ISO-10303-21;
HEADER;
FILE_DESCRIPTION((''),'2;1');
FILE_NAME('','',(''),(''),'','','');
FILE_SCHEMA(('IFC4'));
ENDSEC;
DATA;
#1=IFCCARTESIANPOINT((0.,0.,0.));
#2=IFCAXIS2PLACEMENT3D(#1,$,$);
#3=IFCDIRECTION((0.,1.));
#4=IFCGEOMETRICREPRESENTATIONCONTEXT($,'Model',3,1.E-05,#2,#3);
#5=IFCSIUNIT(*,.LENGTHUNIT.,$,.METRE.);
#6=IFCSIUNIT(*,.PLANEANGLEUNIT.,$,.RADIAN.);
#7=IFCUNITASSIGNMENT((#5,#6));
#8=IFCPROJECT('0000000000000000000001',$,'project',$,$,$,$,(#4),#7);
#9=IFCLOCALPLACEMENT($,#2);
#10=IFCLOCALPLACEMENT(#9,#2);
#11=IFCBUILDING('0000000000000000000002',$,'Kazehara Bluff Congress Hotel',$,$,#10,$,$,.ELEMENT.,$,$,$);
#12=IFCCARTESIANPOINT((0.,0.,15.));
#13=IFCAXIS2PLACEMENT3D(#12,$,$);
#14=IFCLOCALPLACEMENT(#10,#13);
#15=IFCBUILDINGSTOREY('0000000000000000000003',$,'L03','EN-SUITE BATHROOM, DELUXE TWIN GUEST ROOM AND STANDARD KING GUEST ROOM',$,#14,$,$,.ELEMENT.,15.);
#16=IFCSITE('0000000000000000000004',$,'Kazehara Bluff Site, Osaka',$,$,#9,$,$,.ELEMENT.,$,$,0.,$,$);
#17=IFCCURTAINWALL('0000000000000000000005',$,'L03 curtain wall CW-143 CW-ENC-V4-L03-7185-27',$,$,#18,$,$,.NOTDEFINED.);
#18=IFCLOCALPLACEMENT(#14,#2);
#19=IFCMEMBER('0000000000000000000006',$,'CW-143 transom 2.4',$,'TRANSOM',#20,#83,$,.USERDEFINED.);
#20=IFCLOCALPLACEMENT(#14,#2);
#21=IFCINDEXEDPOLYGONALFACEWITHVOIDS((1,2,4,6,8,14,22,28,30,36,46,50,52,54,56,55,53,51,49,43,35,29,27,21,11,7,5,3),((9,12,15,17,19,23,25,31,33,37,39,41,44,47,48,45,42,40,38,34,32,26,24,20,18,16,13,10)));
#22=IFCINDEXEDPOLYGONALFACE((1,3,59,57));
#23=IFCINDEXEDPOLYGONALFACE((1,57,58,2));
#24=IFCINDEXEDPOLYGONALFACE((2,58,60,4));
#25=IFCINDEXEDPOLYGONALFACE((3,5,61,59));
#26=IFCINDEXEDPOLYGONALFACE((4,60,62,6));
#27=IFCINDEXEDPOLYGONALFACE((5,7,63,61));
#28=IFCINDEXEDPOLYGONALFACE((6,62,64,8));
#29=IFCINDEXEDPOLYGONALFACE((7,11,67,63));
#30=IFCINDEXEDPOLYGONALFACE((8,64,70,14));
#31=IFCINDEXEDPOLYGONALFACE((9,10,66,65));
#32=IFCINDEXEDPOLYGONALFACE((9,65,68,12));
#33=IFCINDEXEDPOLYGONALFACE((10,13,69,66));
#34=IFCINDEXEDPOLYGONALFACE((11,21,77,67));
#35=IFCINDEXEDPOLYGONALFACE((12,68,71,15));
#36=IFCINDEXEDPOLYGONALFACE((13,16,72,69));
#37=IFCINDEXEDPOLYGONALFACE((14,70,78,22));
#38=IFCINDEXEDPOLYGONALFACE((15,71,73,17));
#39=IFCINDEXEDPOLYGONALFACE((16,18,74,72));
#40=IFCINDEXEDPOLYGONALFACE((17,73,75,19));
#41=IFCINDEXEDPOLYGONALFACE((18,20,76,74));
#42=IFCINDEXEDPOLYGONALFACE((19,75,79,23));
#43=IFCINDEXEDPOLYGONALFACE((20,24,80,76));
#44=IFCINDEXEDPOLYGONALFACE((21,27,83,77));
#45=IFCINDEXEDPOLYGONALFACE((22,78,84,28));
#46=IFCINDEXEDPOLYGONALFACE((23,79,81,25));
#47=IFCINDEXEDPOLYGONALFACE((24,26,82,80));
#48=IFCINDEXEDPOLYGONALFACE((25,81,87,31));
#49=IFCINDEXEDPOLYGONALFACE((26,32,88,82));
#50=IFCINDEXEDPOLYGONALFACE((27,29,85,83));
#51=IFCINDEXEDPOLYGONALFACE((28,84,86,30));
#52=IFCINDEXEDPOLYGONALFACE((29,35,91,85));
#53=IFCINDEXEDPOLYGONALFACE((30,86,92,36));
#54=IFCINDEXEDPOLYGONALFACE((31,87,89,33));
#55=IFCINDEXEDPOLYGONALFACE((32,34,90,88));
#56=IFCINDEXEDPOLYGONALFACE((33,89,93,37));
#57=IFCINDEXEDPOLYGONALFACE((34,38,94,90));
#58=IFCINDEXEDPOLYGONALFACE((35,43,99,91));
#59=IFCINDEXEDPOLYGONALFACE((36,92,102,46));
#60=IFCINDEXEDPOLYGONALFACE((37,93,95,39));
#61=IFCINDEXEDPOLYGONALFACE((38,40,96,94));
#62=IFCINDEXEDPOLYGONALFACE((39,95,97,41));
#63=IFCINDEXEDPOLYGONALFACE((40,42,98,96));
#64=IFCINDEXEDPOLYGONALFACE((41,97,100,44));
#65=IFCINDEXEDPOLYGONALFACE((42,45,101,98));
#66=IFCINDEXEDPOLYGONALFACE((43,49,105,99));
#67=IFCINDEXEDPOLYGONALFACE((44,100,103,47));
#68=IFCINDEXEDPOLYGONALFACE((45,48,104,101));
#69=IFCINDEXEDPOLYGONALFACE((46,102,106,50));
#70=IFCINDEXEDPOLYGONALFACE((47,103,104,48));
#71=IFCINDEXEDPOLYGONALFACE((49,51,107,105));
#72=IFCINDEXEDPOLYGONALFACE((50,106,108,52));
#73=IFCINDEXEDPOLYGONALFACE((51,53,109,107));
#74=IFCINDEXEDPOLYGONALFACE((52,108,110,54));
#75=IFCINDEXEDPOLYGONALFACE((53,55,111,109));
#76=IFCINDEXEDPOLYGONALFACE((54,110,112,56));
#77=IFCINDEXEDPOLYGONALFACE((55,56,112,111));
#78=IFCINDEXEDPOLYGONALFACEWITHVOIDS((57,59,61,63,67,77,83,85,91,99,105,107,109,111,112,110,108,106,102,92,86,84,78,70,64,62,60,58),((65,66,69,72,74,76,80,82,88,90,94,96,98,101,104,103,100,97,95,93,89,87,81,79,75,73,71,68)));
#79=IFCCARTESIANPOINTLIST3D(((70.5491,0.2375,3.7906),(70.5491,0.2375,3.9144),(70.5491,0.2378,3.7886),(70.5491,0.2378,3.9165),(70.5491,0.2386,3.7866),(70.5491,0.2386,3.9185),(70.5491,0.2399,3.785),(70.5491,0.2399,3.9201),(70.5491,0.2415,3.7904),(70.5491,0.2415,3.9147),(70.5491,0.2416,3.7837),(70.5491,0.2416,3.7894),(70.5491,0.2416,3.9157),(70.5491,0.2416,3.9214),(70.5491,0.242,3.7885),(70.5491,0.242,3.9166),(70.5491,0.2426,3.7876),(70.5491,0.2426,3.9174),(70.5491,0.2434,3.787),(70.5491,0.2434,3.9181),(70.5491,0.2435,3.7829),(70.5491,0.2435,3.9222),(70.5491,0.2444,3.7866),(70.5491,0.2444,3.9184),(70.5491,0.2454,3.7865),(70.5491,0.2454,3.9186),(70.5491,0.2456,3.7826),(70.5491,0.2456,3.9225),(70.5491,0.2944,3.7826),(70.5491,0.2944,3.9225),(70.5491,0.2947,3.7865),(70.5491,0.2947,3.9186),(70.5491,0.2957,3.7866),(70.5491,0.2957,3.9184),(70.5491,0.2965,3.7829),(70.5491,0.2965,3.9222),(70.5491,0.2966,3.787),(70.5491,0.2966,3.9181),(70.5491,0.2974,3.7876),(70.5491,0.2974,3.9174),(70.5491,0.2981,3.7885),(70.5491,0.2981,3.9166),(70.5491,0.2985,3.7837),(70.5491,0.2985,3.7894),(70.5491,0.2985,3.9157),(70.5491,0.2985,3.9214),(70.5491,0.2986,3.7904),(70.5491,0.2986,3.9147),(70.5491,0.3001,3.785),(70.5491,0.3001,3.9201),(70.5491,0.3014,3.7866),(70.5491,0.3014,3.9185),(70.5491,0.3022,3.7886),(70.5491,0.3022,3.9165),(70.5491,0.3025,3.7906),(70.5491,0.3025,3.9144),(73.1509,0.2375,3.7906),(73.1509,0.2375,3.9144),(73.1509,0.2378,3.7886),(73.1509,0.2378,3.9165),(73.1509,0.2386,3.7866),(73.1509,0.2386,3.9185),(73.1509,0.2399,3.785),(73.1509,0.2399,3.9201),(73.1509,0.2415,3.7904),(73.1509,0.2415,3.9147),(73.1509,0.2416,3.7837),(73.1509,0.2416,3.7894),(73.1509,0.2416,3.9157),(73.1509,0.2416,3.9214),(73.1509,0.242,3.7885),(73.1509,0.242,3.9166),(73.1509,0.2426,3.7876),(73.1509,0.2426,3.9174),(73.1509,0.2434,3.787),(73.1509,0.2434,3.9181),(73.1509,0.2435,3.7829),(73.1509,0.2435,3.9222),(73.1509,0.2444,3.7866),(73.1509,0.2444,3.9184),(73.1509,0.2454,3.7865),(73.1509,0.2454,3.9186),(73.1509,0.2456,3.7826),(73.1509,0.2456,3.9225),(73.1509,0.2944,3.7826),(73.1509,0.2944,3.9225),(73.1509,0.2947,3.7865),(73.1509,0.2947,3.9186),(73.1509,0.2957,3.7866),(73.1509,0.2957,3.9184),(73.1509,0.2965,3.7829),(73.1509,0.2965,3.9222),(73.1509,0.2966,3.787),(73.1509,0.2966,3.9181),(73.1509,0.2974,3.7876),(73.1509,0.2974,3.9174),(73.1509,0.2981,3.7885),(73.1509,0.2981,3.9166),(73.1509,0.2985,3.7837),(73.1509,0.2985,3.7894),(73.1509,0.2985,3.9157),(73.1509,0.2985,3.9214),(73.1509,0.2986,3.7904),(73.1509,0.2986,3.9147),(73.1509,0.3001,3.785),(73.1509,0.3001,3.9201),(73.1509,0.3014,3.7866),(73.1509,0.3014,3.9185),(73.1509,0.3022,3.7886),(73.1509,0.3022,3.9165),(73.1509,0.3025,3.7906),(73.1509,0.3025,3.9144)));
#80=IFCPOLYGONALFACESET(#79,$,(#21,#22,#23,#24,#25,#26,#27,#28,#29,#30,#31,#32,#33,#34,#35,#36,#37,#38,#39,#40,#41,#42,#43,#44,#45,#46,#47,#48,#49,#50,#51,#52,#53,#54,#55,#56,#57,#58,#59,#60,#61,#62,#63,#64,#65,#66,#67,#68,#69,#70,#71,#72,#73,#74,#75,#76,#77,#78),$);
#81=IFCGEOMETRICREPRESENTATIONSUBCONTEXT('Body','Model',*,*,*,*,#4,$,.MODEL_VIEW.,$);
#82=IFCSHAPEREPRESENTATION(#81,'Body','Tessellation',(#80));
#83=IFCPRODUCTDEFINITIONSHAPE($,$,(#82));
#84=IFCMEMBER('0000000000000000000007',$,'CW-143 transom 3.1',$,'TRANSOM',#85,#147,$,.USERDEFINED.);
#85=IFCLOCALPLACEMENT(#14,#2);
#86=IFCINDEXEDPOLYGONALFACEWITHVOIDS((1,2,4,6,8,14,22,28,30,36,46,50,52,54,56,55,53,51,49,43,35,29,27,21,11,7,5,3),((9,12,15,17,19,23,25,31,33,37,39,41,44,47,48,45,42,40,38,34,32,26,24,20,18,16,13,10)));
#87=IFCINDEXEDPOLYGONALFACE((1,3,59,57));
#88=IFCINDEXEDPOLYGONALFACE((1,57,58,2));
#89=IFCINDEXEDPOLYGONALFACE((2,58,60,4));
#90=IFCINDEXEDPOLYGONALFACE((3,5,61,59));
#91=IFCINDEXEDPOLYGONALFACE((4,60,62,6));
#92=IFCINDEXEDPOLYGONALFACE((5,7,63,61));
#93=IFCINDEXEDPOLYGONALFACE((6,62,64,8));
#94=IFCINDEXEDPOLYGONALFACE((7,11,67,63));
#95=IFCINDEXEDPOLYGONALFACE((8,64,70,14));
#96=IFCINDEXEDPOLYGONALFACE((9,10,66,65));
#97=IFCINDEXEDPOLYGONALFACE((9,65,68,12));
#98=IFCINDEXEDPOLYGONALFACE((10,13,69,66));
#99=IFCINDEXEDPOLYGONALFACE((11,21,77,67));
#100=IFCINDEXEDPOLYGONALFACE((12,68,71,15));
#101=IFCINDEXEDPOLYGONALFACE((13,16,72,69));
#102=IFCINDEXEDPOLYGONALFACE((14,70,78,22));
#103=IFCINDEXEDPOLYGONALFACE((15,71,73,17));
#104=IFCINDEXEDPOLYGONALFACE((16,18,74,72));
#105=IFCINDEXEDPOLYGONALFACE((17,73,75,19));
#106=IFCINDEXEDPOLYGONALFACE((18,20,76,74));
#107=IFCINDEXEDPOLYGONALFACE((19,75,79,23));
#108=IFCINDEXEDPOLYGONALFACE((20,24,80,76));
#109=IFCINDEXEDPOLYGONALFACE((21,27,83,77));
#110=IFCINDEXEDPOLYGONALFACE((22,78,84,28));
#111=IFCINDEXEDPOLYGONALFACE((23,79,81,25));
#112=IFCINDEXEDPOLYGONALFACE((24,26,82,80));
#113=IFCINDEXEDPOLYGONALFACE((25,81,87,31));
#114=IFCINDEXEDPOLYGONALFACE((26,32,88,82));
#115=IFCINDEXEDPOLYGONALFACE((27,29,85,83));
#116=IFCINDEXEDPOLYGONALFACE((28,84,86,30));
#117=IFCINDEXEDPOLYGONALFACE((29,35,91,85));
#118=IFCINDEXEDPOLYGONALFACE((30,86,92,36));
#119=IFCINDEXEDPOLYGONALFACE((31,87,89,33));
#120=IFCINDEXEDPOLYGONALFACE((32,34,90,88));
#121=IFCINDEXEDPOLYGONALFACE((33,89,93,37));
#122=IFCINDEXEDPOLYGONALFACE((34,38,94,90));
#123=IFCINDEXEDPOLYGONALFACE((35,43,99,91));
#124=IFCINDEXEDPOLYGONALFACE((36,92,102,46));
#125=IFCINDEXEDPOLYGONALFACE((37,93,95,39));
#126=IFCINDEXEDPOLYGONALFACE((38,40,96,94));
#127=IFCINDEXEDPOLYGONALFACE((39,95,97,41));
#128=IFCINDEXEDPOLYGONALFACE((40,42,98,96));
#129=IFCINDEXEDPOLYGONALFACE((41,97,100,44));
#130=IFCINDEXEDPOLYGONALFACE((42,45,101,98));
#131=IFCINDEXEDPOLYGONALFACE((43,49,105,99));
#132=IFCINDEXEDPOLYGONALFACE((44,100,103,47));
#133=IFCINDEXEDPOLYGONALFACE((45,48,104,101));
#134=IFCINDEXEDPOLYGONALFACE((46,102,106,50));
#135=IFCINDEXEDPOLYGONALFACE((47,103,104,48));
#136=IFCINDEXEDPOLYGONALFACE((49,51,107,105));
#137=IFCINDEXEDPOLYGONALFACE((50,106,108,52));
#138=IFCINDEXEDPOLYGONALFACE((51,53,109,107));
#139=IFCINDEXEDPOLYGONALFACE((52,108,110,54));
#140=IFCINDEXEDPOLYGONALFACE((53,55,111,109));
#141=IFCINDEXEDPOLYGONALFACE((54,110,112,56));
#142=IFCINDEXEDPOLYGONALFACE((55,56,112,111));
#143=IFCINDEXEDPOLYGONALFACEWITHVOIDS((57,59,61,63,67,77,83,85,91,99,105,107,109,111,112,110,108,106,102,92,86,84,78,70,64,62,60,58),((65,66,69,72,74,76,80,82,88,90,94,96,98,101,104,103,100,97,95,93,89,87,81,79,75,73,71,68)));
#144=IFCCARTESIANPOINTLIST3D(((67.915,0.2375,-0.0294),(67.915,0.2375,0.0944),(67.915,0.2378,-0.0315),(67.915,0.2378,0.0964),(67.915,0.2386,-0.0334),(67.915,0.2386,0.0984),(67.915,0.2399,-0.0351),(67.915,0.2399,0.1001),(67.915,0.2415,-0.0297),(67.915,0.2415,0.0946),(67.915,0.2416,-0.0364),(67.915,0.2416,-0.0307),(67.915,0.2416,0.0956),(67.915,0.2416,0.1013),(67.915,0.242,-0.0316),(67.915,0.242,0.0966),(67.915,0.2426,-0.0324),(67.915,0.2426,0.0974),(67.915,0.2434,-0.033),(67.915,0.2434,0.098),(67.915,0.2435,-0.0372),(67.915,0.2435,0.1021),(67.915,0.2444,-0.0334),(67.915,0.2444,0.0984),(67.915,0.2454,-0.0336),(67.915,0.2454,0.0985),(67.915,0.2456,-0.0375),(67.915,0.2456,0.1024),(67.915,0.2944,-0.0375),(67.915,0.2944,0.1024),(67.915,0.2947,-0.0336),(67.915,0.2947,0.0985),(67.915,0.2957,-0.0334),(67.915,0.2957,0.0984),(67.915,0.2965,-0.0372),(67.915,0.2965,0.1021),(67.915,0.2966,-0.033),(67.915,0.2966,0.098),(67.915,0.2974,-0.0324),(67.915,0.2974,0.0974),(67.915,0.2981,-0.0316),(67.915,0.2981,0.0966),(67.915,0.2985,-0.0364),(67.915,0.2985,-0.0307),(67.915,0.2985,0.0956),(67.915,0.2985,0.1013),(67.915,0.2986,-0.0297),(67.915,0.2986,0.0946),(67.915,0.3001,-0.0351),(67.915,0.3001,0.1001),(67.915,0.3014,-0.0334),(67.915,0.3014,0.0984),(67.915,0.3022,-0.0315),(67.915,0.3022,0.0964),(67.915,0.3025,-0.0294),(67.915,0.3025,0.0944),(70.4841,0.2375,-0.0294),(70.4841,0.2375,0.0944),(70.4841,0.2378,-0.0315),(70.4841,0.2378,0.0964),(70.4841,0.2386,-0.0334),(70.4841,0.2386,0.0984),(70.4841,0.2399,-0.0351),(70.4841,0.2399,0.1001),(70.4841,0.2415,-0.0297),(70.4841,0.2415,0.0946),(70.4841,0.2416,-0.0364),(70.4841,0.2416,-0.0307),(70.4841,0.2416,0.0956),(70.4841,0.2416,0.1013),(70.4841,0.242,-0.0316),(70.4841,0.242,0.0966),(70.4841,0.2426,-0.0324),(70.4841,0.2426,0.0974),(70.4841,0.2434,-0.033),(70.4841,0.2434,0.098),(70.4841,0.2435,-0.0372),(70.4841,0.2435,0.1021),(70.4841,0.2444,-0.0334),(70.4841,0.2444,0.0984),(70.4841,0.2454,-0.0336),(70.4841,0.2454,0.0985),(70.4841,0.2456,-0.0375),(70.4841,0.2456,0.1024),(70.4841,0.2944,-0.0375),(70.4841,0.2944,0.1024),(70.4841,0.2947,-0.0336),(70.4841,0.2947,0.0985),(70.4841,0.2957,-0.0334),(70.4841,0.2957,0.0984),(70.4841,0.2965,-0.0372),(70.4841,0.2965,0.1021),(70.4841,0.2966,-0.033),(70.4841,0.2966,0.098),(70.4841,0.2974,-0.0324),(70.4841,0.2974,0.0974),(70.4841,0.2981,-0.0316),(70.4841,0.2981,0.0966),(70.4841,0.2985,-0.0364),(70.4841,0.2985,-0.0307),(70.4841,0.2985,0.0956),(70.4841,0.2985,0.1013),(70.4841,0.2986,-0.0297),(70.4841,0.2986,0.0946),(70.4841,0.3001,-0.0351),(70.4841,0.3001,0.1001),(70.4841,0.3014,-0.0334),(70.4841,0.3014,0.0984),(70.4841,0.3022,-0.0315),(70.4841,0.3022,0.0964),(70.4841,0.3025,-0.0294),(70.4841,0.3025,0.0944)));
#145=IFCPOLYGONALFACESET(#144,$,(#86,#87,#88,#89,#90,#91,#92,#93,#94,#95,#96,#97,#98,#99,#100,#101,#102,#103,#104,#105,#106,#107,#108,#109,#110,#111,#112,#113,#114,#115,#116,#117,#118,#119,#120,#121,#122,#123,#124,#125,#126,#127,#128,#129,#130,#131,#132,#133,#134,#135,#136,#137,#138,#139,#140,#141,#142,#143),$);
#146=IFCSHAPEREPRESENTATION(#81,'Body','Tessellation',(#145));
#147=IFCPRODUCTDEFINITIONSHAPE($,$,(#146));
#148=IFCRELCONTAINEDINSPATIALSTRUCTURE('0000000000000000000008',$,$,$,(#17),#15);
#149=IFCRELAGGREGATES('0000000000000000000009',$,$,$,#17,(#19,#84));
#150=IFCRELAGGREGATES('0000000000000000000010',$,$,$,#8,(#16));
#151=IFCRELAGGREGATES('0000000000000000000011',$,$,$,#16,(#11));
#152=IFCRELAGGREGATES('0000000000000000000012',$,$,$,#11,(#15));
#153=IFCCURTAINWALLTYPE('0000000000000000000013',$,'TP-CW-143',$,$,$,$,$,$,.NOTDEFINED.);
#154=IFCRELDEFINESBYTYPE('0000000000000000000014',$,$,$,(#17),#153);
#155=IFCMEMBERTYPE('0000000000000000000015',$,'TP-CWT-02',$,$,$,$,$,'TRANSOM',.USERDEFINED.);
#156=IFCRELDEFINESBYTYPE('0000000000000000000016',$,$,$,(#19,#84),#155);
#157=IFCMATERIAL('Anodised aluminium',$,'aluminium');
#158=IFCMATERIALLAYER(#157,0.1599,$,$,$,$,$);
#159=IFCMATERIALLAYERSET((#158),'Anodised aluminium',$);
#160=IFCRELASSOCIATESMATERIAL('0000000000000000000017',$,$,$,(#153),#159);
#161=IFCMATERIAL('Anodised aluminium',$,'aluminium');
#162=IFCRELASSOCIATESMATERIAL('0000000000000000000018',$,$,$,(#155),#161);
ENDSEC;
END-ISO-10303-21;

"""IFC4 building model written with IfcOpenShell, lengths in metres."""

from ifc_helpers import new_model, si_unit, direction, frame, origin, origin_2d, place, context, subcontext, project, spatial, hollow_rectangle, extrude, material, layer, layer_set, material_profile, profile_set, type_object, element, aggregate, save


model = new_model("IFC4")

# Units and contexts
model_context = context("Model", 3, precision=1e-05, world=origin(), true_north=direction((0.0, 1.0)))
body_context = subcontext(model_context, "Body", "Model", "MODEL_VIEW")
ifc_project = project(units=[si_unit("LENGTHUNIT", "METRE"), si_unit("PLANEANGLEUNIT", "RADIAN")], contexts=[model_context])

# Site, building, storey
site_placement = place(None, origin())
site = spatial("IfcSite", under=ifc_project, at=site_placement, Name="Kazehara Bluff Site, Osaka", CompositionType="ELEMENT", RefElevation=0.0)
building_placement = place(site_placement, origin())
building = spatial("IfcBuilding", under=site, at=building_placement, Name="Kazehara Bluff Congress Hotel", CompositionType="ELEMENT")
storey_placement = place(building_placement, frame((0.0, 0.0, 15.0)))
storey = spatial("IfcBuildingStorey", under=building, at=storey_placement, Name="L03", Description="EN-SUITE BATHROOM, DELUXE TWIN GUEST ROOM AND STANDARD KING GUEST ROOM", CompositionType="ELEMENT", Elevation=15.0)

# Curtain wall
ifc_material_1 = material(Name="Anodised aluminium", Category="aluminium")
ifc_layer_1 = layer(ifc_material_1, 0.1599)
ifc_layer_set_1 = layer_set([ifc_layer_1], Name="Anodised aluminium")
curtain_wall_type_1 = type_object("IfcCurtainWallType", Name="TP-CW-143", PredefinedType="NOTDEFINED", material=ifc_layer_set_1)
curtain_wall_1_placement = place(storey_placement, origin())
curtain_wall_1 = element("IfcCurtainWall", 1, at=curtain_wall_1_placement, inside=storey, type_object=curtain_wall_type_1, Name="L03 curtain wall CW-143 CW-ENC-V4-L03-7185-27", PredefinedType="NOTDEFINED")

# Members
ifc_material_2 = material(Name="Anodised aluminium", Category="aluminium")
ifc_material_profile_1 = material_profile(ifc_material_2, hollow_rectangle(XDim=0.0649, YDim=0.1399, WallThickness=0.0039, InnerFilletRadius=0.0039, OuterFilletRadius=0.0081, at=origin_2d()))
ifc_profile_set_1 = profile_set([ifc_material_profile_1], Name="Anodised aluminium")
member_type_1 = type_object("IfcMemberType", Name="TP-CWT-02", ElementType="TRANSOM", PredefinedType="USERDEFINED", material=ifc_profile_set_1)
member_1_placement = place(storey_placement, frame((73.1509, 0.27, 3.8525), z_axis=(-1.0, 0.0, 0.0), x_axis=(0.0, -1.0, 0.0)))
member_1 = element("IfcMember", 2, at=member_1_placement, type_object=member_type_1, Name="CW-143 transom 2.4", ObjectType="TRANSOM", PredefinedType="USERDEFINED", context=body_context, shape_type="SweptSolid", body=[
    extrude(hollow_rectangle(XDim=0.0649, YDim=0.1399, WallThickness=0.0039, InnerFilletRadius=0.0039, OuterFilletRadius=0.0081, at=origin_2d()), origin(), (0.0, 0.0, 1.0), 2.6018),
])
member_2_placement = place(storey_placement, frame((70.4841, 0.27, 0.0325), z_axis=(-1.0, 0.0, 0.0), x_axis=(0.0, -1.0, 0.0)))
member_2 = element("IfcMember", 3, at=member_2_placement, type_object=member_type_1, Name="CW-143 transom 3.1", ObjectType="TRANSOM", PredefinedType="USERDEFINED", context=body_context, shape_type="SweptSolid", body=[
    extrude(hollow_rectangle(XDim=0.0649, YDim=0.1399, WallThickness=0.0039, InnerFilletRadius=0.0039, OuterFilletRadius=0.0081, at=origin_2d()), origin(), (0.0, 0.0, 1.0), 2.5691),
])

aggregate(curtain_wall_1, [member_1, member_2])

save(model, "model.ifc")
